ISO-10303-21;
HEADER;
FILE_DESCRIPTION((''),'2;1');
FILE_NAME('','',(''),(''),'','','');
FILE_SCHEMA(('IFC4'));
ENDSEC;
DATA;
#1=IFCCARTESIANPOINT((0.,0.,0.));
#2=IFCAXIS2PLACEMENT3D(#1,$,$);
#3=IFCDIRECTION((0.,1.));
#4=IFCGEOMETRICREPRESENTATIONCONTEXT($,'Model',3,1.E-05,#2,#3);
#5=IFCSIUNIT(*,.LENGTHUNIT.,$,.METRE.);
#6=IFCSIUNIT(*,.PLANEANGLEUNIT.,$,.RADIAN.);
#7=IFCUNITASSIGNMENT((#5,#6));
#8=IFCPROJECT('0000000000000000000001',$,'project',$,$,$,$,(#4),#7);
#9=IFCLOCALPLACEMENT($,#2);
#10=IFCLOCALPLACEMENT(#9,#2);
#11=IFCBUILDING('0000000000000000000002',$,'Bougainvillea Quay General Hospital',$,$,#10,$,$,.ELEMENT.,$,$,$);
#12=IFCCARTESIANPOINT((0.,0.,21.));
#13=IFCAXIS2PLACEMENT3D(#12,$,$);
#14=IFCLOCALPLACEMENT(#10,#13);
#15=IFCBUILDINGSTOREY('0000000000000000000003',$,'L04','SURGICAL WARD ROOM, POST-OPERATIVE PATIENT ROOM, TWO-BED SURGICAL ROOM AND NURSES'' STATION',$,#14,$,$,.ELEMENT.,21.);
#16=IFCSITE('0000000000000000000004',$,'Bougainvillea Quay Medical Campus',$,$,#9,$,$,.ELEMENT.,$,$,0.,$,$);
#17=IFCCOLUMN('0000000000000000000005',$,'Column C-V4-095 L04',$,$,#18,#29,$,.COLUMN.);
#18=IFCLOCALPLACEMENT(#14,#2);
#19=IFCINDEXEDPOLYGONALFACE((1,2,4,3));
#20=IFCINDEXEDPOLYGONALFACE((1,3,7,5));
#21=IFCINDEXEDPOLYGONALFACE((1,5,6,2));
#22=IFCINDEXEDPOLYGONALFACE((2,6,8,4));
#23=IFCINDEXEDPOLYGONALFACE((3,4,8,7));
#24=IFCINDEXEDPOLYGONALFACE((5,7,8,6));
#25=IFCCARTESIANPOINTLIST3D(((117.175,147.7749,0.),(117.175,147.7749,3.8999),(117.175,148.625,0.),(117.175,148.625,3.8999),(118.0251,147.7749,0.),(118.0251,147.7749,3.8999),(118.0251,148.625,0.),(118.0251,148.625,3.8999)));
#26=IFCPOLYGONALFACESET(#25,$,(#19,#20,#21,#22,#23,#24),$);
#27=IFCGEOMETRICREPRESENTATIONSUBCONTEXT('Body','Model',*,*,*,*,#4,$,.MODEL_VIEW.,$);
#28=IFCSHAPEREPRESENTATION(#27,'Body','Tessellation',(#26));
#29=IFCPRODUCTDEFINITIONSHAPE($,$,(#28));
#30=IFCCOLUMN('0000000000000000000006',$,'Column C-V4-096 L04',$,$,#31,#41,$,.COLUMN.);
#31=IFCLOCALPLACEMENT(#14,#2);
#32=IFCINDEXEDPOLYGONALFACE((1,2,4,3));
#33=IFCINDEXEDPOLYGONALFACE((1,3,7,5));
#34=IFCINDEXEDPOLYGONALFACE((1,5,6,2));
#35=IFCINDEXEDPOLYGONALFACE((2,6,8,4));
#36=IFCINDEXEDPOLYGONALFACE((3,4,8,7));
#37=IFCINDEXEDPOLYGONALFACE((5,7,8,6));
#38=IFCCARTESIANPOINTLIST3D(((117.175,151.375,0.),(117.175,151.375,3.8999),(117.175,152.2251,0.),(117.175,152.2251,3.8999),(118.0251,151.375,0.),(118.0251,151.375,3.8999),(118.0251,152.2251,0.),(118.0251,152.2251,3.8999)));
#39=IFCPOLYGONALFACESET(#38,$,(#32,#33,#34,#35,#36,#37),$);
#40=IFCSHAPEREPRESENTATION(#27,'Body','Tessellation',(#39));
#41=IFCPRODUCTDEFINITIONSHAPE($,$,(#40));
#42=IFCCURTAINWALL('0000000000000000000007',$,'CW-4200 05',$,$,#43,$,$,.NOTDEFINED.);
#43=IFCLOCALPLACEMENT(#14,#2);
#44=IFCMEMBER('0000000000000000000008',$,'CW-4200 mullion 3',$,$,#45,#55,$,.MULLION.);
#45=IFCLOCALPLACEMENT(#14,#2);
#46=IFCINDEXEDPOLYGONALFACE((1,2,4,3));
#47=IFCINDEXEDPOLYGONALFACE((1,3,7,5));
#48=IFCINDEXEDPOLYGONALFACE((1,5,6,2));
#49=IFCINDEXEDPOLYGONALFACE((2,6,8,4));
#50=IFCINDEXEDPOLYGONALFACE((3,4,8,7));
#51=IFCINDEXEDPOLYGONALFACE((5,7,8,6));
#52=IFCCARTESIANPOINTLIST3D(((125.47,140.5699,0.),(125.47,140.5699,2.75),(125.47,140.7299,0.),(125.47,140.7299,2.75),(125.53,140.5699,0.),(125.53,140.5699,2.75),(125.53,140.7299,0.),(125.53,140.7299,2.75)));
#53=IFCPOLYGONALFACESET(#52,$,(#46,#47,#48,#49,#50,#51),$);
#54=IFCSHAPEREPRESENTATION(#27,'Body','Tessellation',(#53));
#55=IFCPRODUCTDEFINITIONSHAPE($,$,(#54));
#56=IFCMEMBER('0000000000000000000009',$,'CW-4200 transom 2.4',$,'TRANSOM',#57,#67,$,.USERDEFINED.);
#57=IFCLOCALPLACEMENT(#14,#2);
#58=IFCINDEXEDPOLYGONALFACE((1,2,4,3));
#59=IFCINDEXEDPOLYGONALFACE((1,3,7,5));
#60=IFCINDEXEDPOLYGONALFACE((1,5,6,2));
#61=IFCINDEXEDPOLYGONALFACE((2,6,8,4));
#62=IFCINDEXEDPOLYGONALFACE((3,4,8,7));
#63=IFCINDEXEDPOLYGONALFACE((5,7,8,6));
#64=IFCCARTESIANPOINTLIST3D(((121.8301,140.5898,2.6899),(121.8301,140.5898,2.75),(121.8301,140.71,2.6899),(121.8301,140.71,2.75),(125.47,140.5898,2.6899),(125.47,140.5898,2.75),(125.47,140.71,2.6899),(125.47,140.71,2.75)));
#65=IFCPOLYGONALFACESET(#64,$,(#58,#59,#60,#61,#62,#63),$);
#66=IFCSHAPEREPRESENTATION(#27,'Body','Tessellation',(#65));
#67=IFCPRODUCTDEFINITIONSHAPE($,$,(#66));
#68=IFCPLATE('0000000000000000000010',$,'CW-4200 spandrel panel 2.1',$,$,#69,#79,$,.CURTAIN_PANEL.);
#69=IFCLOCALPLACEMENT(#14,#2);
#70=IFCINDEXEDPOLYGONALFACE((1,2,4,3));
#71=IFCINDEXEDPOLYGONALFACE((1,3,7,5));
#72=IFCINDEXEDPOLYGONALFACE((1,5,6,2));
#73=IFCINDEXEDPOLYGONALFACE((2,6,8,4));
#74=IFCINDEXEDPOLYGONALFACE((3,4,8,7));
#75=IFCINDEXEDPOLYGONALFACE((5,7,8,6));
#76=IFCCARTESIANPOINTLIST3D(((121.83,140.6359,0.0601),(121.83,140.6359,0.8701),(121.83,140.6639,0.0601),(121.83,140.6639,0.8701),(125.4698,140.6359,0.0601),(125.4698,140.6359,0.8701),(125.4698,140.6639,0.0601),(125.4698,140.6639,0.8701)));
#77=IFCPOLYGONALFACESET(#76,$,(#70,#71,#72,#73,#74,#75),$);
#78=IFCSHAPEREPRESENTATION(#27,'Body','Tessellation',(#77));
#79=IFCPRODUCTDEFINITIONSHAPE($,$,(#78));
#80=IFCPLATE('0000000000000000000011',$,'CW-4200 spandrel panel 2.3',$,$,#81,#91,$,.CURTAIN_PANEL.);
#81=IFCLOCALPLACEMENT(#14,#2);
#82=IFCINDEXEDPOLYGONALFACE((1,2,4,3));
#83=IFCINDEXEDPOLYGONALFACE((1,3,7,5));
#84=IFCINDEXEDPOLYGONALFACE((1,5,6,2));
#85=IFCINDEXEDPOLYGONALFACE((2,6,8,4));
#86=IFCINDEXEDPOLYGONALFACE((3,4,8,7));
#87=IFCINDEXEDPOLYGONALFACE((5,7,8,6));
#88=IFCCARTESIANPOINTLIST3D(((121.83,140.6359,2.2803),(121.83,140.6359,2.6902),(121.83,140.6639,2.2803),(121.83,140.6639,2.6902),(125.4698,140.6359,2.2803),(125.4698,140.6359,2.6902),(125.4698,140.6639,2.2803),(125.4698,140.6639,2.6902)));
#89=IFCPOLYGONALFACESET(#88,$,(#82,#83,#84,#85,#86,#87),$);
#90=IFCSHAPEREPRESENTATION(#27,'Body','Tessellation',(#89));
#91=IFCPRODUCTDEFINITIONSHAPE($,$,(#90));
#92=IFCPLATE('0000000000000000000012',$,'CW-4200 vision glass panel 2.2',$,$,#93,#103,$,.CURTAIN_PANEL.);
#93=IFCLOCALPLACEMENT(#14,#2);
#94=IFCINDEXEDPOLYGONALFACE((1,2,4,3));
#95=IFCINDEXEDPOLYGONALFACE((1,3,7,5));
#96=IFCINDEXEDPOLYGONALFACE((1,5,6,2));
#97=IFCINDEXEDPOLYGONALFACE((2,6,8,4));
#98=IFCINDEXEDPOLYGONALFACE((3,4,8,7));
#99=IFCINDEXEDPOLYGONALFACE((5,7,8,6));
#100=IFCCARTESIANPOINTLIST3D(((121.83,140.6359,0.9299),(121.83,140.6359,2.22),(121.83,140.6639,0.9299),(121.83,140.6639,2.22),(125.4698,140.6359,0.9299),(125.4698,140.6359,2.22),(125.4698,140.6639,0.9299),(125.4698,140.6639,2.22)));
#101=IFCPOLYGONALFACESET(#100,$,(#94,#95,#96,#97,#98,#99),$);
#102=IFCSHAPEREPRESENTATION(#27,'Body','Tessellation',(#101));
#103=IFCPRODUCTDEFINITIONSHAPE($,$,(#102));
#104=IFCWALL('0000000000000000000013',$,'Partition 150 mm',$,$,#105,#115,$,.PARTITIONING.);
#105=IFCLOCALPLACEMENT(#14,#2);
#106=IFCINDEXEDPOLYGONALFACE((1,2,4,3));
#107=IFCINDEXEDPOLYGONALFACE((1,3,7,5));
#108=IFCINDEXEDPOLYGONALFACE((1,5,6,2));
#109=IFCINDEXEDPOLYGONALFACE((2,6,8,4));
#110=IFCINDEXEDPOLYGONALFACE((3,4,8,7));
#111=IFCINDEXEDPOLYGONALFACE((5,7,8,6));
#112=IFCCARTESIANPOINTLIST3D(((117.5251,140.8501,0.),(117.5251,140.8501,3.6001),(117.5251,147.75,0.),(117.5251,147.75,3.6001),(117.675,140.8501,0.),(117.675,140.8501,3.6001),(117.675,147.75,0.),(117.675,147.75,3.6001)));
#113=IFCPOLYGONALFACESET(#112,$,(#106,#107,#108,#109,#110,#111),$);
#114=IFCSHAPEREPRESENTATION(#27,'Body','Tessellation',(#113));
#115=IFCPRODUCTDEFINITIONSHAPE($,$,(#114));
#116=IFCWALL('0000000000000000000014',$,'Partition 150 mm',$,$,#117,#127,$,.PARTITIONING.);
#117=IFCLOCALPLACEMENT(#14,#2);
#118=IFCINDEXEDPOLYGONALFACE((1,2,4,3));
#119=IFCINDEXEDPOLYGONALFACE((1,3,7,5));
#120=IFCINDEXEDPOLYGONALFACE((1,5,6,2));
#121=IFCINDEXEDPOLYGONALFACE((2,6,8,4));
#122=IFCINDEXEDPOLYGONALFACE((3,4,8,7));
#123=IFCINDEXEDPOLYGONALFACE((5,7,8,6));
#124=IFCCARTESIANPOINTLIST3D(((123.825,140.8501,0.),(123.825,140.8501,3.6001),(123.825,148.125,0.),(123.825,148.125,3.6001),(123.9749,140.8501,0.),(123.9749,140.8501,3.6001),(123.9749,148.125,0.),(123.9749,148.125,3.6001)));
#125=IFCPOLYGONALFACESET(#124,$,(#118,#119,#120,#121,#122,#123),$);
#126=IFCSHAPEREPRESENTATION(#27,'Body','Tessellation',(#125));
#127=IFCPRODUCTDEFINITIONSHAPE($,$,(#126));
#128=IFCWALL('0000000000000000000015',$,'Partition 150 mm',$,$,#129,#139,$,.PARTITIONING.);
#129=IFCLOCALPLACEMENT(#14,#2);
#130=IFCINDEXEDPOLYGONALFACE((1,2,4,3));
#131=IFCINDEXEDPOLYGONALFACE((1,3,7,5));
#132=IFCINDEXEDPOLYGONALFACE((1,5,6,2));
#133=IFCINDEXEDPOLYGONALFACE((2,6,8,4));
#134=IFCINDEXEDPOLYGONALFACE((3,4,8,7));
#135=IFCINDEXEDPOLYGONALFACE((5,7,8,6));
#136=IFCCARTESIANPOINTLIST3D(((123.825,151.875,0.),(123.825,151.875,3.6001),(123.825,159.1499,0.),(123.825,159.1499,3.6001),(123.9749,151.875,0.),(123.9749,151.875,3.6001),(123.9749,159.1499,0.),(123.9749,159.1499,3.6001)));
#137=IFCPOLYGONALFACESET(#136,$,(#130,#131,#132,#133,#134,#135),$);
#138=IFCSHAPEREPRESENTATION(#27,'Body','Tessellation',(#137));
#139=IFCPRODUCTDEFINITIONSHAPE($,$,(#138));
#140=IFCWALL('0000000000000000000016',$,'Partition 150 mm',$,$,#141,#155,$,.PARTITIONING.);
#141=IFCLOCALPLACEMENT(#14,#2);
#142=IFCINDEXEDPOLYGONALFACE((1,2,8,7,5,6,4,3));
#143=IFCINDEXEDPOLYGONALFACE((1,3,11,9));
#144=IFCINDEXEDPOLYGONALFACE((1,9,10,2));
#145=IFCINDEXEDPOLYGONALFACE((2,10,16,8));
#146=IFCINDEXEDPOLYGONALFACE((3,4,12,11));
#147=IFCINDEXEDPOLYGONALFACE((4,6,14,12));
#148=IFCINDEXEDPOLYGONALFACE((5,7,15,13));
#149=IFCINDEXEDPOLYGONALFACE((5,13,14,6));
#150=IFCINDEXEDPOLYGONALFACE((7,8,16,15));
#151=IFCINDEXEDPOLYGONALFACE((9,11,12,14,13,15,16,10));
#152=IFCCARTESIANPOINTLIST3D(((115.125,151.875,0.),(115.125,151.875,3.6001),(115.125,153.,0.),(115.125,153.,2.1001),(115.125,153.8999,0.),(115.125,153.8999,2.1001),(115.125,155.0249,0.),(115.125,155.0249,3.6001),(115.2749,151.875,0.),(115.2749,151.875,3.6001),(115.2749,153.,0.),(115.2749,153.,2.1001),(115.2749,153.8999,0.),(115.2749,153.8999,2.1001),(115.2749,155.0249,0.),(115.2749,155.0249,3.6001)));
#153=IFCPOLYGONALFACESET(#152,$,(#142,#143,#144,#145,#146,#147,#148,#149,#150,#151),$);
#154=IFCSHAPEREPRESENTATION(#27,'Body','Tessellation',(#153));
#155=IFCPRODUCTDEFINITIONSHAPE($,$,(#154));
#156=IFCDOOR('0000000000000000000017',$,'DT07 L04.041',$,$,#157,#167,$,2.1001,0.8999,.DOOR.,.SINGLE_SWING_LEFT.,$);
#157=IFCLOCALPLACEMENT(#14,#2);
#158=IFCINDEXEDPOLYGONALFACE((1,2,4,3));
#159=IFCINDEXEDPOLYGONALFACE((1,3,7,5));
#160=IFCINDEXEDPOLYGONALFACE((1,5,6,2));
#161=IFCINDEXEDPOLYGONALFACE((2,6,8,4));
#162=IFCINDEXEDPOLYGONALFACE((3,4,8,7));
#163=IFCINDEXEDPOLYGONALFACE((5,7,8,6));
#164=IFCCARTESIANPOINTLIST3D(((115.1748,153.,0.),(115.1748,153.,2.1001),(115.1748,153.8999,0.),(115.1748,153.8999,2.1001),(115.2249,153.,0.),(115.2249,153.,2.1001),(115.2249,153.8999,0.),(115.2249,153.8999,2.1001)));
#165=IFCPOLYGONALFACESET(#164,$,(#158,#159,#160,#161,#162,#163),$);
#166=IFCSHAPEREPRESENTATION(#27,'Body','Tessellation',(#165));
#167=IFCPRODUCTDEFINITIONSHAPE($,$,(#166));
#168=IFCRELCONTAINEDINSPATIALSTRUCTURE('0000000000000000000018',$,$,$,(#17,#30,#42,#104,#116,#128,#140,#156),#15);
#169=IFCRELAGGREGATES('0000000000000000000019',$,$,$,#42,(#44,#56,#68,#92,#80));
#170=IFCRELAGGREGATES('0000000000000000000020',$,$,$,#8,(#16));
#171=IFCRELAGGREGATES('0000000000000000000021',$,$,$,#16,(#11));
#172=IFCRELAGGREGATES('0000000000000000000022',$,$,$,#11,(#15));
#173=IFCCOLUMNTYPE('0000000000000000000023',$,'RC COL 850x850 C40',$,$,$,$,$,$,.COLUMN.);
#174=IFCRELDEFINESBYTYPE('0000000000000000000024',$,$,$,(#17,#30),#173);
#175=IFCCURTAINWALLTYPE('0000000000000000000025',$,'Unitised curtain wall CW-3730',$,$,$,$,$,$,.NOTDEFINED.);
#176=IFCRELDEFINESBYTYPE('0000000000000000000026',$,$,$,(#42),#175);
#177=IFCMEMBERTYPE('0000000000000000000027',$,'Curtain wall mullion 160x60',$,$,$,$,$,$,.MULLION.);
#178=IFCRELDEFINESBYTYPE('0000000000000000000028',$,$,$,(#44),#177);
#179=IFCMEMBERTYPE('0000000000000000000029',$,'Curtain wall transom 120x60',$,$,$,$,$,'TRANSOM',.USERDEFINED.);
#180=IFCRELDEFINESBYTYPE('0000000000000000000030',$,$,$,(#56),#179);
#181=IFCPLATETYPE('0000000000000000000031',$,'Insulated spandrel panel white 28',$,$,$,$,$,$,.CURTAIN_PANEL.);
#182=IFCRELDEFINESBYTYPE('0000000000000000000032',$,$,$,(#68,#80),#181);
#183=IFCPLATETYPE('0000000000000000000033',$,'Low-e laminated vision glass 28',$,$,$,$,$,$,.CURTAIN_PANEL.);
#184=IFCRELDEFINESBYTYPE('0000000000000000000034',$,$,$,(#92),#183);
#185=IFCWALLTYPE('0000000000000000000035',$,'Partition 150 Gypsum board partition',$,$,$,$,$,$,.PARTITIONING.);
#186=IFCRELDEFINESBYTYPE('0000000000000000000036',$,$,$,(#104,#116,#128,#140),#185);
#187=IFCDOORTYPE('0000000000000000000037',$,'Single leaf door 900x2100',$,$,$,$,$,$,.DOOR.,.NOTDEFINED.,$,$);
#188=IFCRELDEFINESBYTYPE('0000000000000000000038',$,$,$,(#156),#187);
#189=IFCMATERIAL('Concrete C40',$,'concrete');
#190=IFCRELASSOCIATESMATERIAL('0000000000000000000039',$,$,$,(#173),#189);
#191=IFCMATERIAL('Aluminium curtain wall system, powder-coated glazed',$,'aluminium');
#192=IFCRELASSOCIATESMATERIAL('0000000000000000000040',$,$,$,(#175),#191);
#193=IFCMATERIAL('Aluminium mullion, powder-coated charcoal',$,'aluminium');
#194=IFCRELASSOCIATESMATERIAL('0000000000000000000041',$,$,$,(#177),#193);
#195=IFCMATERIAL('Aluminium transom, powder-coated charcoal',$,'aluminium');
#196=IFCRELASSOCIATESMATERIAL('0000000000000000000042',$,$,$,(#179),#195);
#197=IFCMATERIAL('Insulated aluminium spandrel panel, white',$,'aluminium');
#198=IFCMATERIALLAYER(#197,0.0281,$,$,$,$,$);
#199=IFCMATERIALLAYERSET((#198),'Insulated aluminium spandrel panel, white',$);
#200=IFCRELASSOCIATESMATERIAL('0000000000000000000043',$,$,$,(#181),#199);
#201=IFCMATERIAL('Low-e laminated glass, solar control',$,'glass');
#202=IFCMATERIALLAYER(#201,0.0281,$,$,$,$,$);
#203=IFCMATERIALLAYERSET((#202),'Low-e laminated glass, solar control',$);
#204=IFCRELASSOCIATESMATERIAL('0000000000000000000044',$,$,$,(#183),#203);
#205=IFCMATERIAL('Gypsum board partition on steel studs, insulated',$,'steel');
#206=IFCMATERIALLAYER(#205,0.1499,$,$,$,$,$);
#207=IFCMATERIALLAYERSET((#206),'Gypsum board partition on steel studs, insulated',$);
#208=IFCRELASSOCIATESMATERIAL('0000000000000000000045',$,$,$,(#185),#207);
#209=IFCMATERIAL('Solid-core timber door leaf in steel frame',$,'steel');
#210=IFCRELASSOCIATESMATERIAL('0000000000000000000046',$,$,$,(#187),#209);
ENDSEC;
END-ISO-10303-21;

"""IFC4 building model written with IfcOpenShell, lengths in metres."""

from ifc_helpers import new_model, si_unit, direction, frame, frame_2d, origin, origin_2d, place, context, subcontext, project, spatial, rectangle, extrude, material, layer, layer_set, material_profile, profile_set, type_object, element, fill, aggregate, save


model = new_model("IFC4")

# Units and contexts
model_context = context("Model", 3, precision=1e-05, world=origin(), true_north=direction((0.0, 1.0)))
body_context = subcontext(model_context, "Body", "Model", "MODEL_VIEW")
ifc_project = project(units=[si_unit("LENGTHUNIT", "METRE"), si_unit("PLANEANGLEUNIT", "RADIAN")], contexts=[model_context])

# Site, building, storey
site_placement = place(None, origin())
site = spatial("IfcSite", under=ifc_project, at=site_placement, Name="Bougainvillea Quay Medical Campus", CompositionType="ELEMENT", RefElevation=0.0)
building_placement = place(site_placement, origin())
building = spatial("IfcBuilding", under=site, at=building_placement, Name="Bougainvillea Quay General Hospital", CompositionType="ELEMENT")
storey_placement = place(building_placement, frame((0.0, 0.0, 21.0)))
storey = spatial("IfcBuildingStorey", under=building, at=storey_placement, Name="L04", Description="SURGICAL WARD ROOM, POST-OPERATIVE PATIENT ROOM, TWO-BED SURGICAL ROOM AND NURSES' STATION", CompositionType="ELEMENT", Elevation=21.0)

# Columns
ifc_material_1 = material(Name="Concrete C40", Category="concrete")
ifc_material_profile_1 = material_profile(ifc_material_1, rectangle(XDim=0.8501, YDim=0.8501, at=origin_2d()))
ifc_profile_set_1 = profile_set([ifc_material_profile_1], Name="Concrete C40")
column_type = type_object("IfcColumnType", Name="RC COL 850x850 C40", PredefinedType="COLUMN", material=ifc_profile_set_1)
for number, where, z_axis, x_axis, name in (
    (1, (117.6001, 148.2, 0.0), (0.0, 0.0, 1.0), (1.0, 0.0, 0.0), "Column C-V4-095 L04"),
    (2, (117.6001, 151.8, 0.0), (0.0, 0.0, 1.0), (1.0, 0.0, 0.0), "Column C-V4-096 L04"),
):
    element("IfcColumn", number, at=place(storey_placement, frame(where, z_axis=z_axis, x_axis=x_axis)), inside=storey, type_object=column_type, Name=name, PredefinedType="COLUMN", context=body_context, shape_type="SweptSolid", body=[
        extrude(rectangle(XDim=0.8501, YDim=0.8501, at=origin_2d()), origin(), (0.0, 0.0, 1.0), 3.8999),
    ])

# Curtain wall, members, plates
ifc_material_2 = material(Name="Aluminium curtain wall system, powder-coated glazed", Category="aluminium")
curtain_wall_type = type_object("IfcCurtainWallType", Name="Unitised curtain wall CW-3730", PredefinedType="NOTDEFINED", material=ifc_material_2)
curtain_wall_placement = place(storey_placement, origin())
curtain_wall = element("IfcCurtainWall", 3, at=curtain_wall_placement, inside=storey, type_object=curtain_wall_type, Name="CW-4200 05", PredefinedType="NOTDEFINED")
ifc_material_3 = material(Name="Aluminium mullion, powder-coated charcoal", Category="aluminium")
ifc_material_profile_2 = material_profile(ifc_material_3, rectangle(XDim=0.1599, YDim=0.0601, at=origin_2d()))
ifc_profile_set_2 = profile_set([ifc_material_profile_2], Name="Aluminium mullion, powder-coated charcoal")
member_type_1 = type_object("IfcMemberType", Name="Curtain wall mullion 160x60", PredefinedType="MULLION", material=ifc_profile_set_2)
member_1_placement = place(storey_placement, frame((125.5, 140.6499, 0.0), z_axis=(0.0, 0.0, 1.0), x_axis=(0.0, 1.0, 0.0)))
member_1 = element("IfcMember", 4, at=member_1_placement, type_object=member_type_1, Name="CW-4200 mullion 3", PredefinedType="MULLION", context=body_context, shape_type="SweptSolid", body=[
    extrude(rectangle(XDim=0.1599, YDim=0.0601, at=origin_2d()), origin(), (0.0, 0.0, 1.0), 2.75),
])
ifc_material_4 = material(Name="Aluminium transom, powder-coated charcoal", Category="aluminium")
ifc_material_profile_3 = material_profile(ifc_material_4, rectangle(XDim=0.1201, YDim=0.0601, at=origin_2d()))
ifc_profile_set_3 = profile_set([ifc_material_profile_3], Name="Aluminium transom, powder-coated charcoal")
member_type_2 = type_object("IfcMemberType", Name="Curtain wall transom 120x60", ElementType="TRANSOM", PredefinedType="USERDEFINED", material=ifc_profile_set_3)
member_2_placement = place(storey_placement, frame((121.8301, 140.6499, 2.72), z_axis=(1.0, 0.0, 0.0), x_axis=(0.0, 1.0, 0.0)))
member_2 = element("IfcMember", 5, at=member_2_placement, type_object=member_type_2, Name="CW-4200 transom 2.4", ObjectType="TRANSOM", PredefinedType="USERDEFINED", context=body_context, shape_type="SweptSolid", body=[
    extrude(rectangle(XDim=0.1201, YDim=0.0601, at=origin_2d()), origin(), (0.0, 0.0, 1.0), 3.6399),
])
ifc_material_5 = material(Name="Insulated aluminium spandrel panel, white", Category="aluminium")
ifc_layer_1 = layer(ifc_material_5, 0.0281)
ifc_layer_set_1 = layer_set([ifc_layer_1], Name="Insulated aluminium spandrel panel, white")
plate_type_1 = type_object("IfcPlateType", Name="Insulated spandrel panel white 28", PredefinedType="CURTAIN_PANEL", material=ifc_layer_set_1)
plate_1_placement = place(storey_placement, frame((123.6499, 140.6499, 0.0601), z_axis=(0.0, 0.0, 1.0), x_axis=(1.0, 0.0, 0.0)))
plate_1 = element("IfcPlate", 6, at=plate_1_placement, type_object=plate_type_1, Name="CW-4200 spandrel panel 2.1", PredefinedType="CURTAIN_PANEL", context=body_context, shape_type="SweptSolid", body=[
    extrude(rectangle(XDim=3.6399, YDim=0.0281, at=origin_2d()), origin(), (0.0, 0.0, 1.0), 0.8101),
])
plate_2_placement = place(storey_placement, frame((123.6499, 140.6499, 2.2803), z_axis=(0.0, 0.0, 1.0), x_axis=(1.0, 0.0, 0.0)))
plate_2 = element("IfcPlate", 7, at=plate_2_placement, type_object=plate_type_1, Name="CW-4200 spandrel panel 2.3", PredefinedType="CURTAIN_PANEL", context=body_context, shape_type="SweptSolid", body=[
    extrude(rectangle(XDim=3.6399, YDim=0.0281, at=origin_2d()), origin(), (0.0, 0.0, 1.0), 0.4099),
])
ifc_material_6 = material(Name="Low-e laminated glass, solar control", Category="glass")
ifc_layer_2 = layer(ifc_material_6, 0.0281)
ifc_layer_set_2 = layer_set([ifc_layer_2], Name="Low-e laminated glass, solar control")
plate_type_2 = type_object("IfcPlateType", Name="Low-e laminated vision glass 28", PredefinedType="CURTAIN_PANEL", material=ifc_layer_set_2)
plate_3_placement = place(storey_placement, frame((123.6499, 140.6499, 0.9299), z_axis=(0.0, 0.0, 1.0), x_axis=(1.0, 0.0, 0.0)))
plate_3 = element("IfcPlate", 8, at=plate_3_placement, type_object=plate_type_2, Name="CW-4200 vision glass panel 2.2", PredefinedType="CURTAIN_PANEL", context=body_context, shape_type="SweptSolid", body=[
    extrude(rectangle(XDim=3.6399, YDim=0.0281, at=origin_2d()), origin(), (0.0, 0.0, 1.0), 1.29),
])
aggregate(curtain_wall, [member_1, member_2, plate_1, plate_3, plate_2])

# Walls
ifc_material_7 = material(Name="Gypsum board partition on steel studs, insulated", Category="steel")
ifc_layer_3 = layer(ifc_material_7, 0.1499)
ifc_layer_set_3 = layer_set([ifc_layer_3], Name="Gypsum board partition on steel studs, insulated")
wall_type_1 = type_object("IfcWallType", Name="Partition 150 Gypsum board partition", PredefinedType="PARTITIONING", material=ifc_layer_set_3)
wall_1_placement = place(storey_placement, frame((117.6001, 140.8501, 0.0), z_axis=(0.0, 0.0, 1.0), x_axis=(0.0, 1.0, 0.0)))
element("IfcWall", 9, at=wall_1_placement, inside=storey, type_object=wall_type_1, Name="Partition 150 mm", PredefinedType="PARTITIONING", context=body_context, shape_type="SweptSolid", body=[
    extrude(rectangle(XDim=6.8999, YDim=0.1499, at=frame_2d((3.45, 0.0))), origin(), (0.0, 0.0, 1.0), 3.6001),
])
for number, where, z_axis, x_axis, name in (
    (10, (123.8999, 140.8501, 0.0), (0.0, 0.0, 1.0), (0.0, 1.0, 0.0), "Partition 150 mm"),
    (11, (123.8999, 151.875, 0.0), (0.0, 0.0, 1.0), (0.0, 1.0, 0.0), "Partition 150 mm"),
):
    element("IfcWall", number, at=place(storey_placement, frame(where, z_axis=z_axis, x_axis=x_axis)), inside=storey, type_object=wall_type_1, Name=name, PredefinedType="PARTITIONING", context=body_context, shape_type="SweptSolid", body=[
        extrude(rectangle(XDim=7.2749, YDim=0.1499, at=frame_2d((3.6375, 0.0))), origin(), (0.0, 0.0, 1.0), 3.6001),
    ])

# Wall, opening, door
wall_2_placement = place(storey_placement, frame((115.2, 151.875, 0.0), z_axis=(0.0, 0.0, 1.0), x_axis=(0.0, 1.0, 0.0)))
wall_2 = element("IfcWall", 12, at=wall_2_placement, inside=storey, type_object=wall_type_1, Name="Partition 150 mm", PredefinedType="PARTITIONING", context=body_context, shape_type="SweptSolid", body=[
    extrude(rectangle(XDim=3.1499, YDim=0.1499, at=frame_2d((1.575, 0.0))), origin(), (0.0, 0.0, 1.0), 3.6001),
])
opening_1_placement = place(wall_2_placement, frame((1.125, 0.0, 0.0)))
opening_1 = element("IfcOpeningElement", 13, at=opening_1_placement, cuts=wall_2, PredefinedType="OPENING", context=body_context, shape_type="SweptSolid", body=[
    extrude(rectangle(XDim=0.8999, YDim=2.1001, at=frame_2d((0.45, 1.05))), frame((0.0, 0.085, 0.0), z_axis=(0.0, -1.0, 0.0), x_axis=(1.0, 0.0, 0.0)), (0.0, 0.0, 1.0), 0.1699),
])
ifc_material_8 = material(Name="Solid-core timber door leaf in steel frame", Category="steel")
door_type_1 = type_object("IfcDoorType", Name="Single leaf door 900x2100", OperationType="NOTDEFINED", PredefinedType="DOOR", material=ifc_material_8)
door_1_placement = place(opening_1_placement, frame((0.8999, 0.0, 0.0), z_axis=(0.0, 0.0, 1.0), x_axis=(-1.0, 0.0, 0.0)))
door_1 = element("IfcDoor", 14, at=door_1_placement, inside=storey, type_object=door_type_1, Name="DT07 L04.041", OperationType="SINGLE_SWING_LEFT", OverallHeight=2.1001, OverallWidth=0.8999, PredefinedType="DOOR", context=body_context, shape_type="SweptSolid", body=[
    extrude(rectangle(XDim=0.8999, YDim=2.1001, at=frame_2d((0.45, 1.05))), frame((0.0, 0.0249, 0.0), z_axis=(0.0, -1.0, 0.0), x_axis=(1.0, 0.0, 0.0)), (0.0, 0.0, 1.0), 0.05),
])
fill(opening_1, door_1)

save(model, "model.ifc")
